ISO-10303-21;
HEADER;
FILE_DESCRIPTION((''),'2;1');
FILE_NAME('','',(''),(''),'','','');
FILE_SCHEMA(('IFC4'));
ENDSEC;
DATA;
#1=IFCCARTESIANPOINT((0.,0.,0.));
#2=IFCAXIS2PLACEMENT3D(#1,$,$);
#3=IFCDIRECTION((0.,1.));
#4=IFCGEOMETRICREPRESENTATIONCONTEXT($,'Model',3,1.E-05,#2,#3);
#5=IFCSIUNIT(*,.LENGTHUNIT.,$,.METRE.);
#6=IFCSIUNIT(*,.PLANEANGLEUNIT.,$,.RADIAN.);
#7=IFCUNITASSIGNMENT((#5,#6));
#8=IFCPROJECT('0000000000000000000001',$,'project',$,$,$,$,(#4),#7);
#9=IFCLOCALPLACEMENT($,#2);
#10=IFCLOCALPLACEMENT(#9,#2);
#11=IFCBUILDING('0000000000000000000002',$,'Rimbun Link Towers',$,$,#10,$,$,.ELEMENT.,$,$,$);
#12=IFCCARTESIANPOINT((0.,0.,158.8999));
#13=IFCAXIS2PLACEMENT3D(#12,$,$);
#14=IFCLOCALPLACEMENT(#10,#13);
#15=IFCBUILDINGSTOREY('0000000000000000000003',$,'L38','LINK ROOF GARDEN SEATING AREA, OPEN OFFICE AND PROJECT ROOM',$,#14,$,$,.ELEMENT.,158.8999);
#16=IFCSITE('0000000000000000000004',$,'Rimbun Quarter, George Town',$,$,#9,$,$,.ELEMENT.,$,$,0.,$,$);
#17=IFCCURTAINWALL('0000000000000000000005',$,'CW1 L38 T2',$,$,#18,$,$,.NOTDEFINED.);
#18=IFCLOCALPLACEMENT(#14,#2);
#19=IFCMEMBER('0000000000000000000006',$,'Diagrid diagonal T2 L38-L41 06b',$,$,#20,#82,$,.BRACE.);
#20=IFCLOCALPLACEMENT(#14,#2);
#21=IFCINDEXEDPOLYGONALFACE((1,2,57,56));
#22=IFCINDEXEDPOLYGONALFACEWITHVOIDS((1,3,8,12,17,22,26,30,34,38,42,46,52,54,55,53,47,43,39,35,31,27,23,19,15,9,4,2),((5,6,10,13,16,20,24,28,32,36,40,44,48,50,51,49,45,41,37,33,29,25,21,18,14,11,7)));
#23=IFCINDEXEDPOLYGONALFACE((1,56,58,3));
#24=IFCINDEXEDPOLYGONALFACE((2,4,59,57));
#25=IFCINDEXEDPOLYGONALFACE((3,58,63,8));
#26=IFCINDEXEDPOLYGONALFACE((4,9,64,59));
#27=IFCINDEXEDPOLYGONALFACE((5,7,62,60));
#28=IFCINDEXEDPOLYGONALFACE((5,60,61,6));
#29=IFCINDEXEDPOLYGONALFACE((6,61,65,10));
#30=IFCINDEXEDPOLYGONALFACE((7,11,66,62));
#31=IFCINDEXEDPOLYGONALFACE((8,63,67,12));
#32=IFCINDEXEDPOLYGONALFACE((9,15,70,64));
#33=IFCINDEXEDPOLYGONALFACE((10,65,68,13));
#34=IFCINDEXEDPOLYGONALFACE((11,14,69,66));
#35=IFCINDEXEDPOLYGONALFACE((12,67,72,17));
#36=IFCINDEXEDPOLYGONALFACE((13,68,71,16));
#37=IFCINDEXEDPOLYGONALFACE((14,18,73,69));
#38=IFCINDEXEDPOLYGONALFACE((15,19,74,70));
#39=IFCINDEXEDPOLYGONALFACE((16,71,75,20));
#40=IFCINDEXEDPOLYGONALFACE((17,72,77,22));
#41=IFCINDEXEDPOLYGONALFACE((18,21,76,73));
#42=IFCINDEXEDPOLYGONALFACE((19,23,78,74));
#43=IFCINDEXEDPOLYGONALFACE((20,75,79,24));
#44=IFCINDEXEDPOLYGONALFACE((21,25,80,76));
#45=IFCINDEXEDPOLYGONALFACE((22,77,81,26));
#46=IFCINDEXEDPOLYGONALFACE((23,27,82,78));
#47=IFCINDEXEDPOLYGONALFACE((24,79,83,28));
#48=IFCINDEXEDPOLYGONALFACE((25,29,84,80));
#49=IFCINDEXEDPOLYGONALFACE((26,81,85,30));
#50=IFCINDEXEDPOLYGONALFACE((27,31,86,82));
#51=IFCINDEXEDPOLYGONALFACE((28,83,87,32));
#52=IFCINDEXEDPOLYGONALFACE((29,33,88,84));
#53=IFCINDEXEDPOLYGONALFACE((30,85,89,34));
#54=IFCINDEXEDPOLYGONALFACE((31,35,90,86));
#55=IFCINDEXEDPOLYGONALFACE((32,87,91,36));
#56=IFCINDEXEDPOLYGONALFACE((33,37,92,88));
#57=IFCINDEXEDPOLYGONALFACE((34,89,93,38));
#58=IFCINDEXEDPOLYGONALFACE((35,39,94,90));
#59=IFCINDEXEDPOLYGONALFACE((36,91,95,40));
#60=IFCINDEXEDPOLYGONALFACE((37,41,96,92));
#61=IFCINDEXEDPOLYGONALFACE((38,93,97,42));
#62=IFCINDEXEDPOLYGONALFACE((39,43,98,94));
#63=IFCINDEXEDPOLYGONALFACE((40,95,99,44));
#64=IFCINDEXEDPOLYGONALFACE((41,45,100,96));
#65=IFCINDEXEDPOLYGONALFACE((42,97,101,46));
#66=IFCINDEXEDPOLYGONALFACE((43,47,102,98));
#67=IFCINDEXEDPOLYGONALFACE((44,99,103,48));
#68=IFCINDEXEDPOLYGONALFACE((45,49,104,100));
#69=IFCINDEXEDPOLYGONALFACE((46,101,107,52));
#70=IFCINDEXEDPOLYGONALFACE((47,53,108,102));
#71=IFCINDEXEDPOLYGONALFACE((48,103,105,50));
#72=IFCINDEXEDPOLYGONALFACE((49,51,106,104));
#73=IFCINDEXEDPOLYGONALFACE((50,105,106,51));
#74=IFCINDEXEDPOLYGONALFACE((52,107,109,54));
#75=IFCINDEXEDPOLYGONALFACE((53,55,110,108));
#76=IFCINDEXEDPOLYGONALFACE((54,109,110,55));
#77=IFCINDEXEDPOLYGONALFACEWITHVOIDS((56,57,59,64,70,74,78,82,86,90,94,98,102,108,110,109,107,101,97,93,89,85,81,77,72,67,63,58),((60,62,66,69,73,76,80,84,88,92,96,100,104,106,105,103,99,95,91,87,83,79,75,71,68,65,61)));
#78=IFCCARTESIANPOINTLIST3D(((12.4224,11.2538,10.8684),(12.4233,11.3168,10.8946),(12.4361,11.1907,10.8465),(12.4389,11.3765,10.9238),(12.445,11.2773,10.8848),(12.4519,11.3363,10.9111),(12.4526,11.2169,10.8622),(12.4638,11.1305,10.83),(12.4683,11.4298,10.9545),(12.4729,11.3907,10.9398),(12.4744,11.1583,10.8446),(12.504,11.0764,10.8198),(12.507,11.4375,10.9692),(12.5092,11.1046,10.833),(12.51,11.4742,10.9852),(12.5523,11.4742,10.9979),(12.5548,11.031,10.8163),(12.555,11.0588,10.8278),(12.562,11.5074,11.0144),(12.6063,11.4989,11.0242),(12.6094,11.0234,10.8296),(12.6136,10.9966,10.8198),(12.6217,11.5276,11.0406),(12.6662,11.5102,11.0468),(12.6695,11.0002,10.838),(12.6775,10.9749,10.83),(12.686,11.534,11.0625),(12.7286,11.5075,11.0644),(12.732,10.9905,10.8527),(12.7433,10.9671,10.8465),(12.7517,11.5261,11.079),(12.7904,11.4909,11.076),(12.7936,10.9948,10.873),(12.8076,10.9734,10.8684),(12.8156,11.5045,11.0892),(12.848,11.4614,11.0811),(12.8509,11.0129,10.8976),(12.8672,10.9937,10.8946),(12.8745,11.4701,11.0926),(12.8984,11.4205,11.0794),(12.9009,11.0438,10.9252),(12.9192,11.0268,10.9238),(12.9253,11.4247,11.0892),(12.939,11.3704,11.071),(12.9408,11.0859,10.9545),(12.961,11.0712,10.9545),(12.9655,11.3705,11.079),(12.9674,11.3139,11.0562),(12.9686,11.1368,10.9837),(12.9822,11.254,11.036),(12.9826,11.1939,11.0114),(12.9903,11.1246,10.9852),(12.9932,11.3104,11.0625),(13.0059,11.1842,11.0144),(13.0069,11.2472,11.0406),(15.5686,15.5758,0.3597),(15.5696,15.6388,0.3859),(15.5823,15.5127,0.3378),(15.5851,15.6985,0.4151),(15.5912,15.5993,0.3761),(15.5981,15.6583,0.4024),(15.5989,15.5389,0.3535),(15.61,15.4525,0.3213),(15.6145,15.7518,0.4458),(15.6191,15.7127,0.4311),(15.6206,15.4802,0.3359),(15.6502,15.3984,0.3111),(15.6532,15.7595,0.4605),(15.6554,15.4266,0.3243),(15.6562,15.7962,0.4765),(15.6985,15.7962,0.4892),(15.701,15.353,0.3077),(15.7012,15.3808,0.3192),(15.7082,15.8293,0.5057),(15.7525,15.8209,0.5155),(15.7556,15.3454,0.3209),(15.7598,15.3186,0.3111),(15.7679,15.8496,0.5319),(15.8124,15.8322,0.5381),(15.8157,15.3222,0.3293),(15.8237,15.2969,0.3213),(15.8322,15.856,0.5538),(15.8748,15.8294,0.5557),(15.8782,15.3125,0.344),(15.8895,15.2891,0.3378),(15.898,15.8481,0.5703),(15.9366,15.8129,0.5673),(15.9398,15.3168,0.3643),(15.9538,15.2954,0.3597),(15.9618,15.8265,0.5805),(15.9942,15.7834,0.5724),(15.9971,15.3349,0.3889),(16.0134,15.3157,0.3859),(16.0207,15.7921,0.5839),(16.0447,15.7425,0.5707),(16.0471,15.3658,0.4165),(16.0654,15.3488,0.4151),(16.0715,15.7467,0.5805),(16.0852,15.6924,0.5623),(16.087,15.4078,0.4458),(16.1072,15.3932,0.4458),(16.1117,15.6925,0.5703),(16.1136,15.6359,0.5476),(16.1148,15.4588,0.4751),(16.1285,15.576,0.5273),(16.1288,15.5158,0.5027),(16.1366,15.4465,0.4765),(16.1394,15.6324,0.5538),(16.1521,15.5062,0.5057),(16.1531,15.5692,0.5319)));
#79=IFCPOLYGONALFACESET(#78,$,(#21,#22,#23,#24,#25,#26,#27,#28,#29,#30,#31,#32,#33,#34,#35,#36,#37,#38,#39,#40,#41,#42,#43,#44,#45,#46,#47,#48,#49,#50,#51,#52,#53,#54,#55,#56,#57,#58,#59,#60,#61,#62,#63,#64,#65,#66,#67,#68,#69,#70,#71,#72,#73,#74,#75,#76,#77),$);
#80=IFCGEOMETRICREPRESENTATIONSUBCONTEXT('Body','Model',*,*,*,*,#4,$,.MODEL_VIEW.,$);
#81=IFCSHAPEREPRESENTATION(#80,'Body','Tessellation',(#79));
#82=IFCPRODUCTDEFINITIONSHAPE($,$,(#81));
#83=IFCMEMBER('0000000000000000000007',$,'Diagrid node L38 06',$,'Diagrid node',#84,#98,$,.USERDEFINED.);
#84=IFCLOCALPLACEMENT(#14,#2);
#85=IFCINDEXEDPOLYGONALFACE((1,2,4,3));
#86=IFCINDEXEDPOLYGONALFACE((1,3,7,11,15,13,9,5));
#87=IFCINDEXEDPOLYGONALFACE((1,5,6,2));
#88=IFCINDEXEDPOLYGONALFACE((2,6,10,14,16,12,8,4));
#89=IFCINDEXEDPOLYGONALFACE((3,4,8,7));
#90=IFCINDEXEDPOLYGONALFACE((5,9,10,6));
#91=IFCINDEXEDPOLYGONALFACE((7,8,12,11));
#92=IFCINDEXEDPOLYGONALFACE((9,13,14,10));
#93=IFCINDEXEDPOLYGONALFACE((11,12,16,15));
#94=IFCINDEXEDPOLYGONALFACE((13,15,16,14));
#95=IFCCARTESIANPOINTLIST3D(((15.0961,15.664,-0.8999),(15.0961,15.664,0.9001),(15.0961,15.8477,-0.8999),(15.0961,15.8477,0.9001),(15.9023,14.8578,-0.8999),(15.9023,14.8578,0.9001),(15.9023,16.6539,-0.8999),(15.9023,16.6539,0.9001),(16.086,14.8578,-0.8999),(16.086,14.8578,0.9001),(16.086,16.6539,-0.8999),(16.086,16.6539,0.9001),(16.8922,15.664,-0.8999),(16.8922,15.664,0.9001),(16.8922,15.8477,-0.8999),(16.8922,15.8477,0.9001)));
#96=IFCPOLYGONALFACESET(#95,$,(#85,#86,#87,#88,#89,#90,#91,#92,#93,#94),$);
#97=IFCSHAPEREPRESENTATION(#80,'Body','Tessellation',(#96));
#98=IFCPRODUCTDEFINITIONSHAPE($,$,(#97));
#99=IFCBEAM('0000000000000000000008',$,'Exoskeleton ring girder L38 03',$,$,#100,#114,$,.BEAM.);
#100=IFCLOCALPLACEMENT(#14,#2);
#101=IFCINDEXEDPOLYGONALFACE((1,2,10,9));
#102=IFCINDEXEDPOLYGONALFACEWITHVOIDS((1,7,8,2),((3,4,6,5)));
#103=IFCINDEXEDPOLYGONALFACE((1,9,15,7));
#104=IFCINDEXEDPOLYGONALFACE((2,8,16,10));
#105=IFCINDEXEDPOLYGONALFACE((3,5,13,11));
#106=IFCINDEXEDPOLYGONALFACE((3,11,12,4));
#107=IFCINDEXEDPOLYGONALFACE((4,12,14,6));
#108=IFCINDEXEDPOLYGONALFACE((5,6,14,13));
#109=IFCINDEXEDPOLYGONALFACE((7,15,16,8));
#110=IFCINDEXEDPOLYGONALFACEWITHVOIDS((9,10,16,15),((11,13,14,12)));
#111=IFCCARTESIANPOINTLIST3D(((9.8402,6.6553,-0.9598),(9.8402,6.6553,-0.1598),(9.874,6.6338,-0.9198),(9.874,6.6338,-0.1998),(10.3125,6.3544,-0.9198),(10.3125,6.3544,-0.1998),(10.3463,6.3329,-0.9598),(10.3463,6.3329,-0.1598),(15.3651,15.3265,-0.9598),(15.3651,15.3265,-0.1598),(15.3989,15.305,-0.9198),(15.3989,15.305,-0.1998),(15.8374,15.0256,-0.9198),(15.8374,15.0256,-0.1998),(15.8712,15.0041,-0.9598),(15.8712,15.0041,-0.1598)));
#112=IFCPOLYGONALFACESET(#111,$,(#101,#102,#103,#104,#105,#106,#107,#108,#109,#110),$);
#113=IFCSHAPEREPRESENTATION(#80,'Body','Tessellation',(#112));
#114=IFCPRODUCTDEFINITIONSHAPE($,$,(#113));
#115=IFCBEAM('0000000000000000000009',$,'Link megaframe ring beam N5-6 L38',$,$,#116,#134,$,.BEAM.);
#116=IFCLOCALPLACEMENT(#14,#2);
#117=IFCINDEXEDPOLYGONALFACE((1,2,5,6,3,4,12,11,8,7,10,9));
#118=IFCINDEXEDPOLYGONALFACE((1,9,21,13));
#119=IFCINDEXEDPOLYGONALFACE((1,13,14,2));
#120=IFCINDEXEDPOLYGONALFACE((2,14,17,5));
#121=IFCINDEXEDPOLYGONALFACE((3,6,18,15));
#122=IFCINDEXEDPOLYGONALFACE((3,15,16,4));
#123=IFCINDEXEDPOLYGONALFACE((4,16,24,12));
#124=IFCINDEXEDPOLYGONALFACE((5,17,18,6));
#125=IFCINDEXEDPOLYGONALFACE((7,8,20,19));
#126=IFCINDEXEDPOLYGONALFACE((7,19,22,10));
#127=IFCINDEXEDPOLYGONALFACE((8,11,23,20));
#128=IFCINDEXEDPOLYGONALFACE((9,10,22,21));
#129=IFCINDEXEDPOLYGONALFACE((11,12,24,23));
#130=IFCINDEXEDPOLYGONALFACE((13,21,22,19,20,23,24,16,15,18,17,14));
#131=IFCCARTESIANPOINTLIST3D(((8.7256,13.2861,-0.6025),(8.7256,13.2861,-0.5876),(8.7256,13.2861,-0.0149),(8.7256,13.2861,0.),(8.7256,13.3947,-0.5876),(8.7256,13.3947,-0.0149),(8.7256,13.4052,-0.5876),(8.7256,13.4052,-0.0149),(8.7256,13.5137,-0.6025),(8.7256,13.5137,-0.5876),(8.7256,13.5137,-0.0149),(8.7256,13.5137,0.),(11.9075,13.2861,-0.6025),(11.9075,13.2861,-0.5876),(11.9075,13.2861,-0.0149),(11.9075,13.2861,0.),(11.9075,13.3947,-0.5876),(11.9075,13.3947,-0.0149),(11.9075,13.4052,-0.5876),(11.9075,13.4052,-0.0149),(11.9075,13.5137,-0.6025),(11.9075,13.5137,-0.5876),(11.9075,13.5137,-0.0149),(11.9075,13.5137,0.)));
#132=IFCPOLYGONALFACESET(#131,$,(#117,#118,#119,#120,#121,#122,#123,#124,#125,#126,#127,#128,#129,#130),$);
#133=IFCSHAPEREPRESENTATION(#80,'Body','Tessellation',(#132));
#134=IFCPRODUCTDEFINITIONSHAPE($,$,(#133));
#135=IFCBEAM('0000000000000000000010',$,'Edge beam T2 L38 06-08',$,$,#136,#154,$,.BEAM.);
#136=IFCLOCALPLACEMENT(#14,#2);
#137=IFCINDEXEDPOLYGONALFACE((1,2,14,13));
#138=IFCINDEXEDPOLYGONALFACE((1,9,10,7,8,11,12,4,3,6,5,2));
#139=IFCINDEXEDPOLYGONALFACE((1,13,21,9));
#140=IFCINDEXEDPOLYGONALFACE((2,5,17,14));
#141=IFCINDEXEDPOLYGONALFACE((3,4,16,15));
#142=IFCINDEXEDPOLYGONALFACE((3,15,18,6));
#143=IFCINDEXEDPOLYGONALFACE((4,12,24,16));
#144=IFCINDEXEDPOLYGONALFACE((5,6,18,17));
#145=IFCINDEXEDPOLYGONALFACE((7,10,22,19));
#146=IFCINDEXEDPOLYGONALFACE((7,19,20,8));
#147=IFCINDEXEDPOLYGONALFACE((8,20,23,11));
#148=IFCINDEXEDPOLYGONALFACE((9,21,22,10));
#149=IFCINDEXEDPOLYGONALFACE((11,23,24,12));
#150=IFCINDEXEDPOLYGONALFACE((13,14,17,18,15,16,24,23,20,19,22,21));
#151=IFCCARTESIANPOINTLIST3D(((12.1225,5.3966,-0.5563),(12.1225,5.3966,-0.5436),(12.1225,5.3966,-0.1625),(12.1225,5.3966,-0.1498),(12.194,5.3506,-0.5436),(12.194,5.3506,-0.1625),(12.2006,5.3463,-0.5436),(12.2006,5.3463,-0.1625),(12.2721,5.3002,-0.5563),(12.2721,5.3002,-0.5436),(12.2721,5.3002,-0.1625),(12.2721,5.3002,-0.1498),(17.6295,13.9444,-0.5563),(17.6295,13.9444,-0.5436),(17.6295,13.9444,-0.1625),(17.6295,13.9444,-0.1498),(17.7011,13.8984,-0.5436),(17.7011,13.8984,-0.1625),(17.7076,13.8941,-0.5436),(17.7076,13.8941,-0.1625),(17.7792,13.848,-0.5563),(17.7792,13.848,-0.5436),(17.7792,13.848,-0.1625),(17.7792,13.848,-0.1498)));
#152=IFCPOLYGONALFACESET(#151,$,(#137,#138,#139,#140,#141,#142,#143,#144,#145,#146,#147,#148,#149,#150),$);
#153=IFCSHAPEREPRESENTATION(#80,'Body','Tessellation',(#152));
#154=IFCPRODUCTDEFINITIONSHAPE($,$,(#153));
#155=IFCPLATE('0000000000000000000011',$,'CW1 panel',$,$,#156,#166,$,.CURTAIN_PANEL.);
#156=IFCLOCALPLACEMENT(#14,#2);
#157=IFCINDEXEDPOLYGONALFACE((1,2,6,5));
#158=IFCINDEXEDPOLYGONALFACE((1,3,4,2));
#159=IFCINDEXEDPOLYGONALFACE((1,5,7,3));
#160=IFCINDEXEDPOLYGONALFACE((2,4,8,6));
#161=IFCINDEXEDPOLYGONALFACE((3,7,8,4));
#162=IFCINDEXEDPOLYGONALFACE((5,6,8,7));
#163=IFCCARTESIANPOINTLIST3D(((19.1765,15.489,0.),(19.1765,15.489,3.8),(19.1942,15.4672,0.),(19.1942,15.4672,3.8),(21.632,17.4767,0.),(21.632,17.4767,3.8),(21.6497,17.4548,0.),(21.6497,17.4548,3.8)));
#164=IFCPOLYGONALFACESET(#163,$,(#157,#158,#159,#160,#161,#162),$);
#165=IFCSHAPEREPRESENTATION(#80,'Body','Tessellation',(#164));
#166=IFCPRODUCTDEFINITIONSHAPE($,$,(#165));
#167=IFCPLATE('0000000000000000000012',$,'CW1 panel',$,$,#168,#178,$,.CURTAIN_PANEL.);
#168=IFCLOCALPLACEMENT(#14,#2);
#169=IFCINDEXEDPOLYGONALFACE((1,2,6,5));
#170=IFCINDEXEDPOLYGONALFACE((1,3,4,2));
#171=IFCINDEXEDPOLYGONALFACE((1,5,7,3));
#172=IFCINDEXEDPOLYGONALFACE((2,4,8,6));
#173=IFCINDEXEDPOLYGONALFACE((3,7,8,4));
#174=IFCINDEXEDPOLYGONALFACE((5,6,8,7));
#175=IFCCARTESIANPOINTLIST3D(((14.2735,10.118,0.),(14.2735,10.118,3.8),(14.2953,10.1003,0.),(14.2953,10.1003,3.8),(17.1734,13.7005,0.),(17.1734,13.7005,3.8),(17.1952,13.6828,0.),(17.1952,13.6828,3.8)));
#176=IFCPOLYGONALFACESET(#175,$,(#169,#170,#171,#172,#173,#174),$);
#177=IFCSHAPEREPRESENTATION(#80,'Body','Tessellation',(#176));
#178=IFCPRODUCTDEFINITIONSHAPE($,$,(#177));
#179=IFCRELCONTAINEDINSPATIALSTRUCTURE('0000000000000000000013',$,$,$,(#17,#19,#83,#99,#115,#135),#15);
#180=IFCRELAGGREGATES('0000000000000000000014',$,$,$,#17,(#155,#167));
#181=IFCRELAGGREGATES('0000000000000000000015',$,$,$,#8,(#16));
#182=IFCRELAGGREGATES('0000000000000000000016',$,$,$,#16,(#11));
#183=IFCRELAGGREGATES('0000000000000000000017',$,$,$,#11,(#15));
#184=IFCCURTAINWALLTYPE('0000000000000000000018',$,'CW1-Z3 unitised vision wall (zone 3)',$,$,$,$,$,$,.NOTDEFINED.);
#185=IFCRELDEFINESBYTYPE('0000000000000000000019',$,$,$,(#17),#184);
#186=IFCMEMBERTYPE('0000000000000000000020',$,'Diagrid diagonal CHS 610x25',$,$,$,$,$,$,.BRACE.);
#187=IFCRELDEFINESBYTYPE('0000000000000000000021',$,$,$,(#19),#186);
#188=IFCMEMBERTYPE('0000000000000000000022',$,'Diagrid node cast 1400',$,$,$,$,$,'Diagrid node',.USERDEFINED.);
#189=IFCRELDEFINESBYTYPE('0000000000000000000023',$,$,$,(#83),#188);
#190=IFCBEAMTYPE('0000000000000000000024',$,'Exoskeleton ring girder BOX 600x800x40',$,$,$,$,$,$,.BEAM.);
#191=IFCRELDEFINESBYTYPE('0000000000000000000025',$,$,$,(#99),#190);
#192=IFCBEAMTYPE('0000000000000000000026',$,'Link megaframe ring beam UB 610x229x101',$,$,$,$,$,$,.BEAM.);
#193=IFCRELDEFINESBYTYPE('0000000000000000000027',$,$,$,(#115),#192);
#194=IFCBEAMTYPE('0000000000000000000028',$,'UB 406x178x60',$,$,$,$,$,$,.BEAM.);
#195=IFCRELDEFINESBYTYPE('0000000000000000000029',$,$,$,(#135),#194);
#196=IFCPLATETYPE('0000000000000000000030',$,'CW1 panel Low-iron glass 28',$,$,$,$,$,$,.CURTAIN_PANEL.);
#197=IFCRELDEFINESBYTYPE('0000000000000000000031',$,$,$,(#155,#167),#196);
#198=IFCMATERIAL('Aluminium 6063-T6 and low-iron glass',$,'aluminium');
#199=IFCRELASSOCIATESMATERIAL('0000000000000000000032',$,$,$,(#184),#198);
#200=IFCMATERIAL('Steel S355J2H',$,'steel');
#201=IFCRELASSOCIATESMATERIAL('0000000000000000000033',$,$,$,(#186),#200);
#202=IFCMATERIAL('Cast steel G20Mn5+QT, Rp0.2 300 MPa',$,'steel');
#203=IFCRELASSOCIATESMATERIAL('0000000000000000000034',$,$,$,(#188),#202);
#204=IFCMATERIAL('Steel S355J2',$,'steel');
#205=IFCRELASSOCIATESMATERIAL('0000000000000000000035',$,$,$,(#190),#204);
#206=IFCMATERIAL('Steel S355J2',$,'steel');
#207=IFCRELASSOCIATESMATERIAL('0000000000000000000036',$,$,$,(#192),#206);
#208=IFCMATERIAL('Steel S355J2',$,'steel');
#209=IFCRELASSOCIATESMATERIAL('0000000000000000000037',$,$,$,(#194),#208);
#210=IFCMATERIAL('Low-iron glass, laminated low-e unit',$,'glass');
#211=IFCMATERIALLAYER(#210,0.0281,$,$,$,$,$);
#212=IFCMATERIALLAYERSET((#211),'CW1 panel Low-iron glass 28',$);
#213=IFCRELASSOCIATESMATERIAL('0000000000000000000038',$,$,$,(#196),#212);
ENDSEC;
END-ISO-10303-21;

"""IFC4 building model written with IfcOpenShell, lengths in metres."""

from ifc_helpers import new_model, si_unit, direction, frame, origin, origin_2d, place, context, subcontext, project, spatial, polyline, rectangle, hollow_rectangle, hollow_circle, i_section, outline, extrude, material, layer, layer_set, material_profile, profile_set, type_object, element, aggregate, save


model = new_model("IFC4")

# Units and contexts
model_context = context("Model", 3, precision=1e-05, world=origin(), true_north=direction((0.0, 1.0)))
body_context = subcontext(model_context, "Body", "Model", "MODEL_VIEW")
ifc_project = project(units=[si_unit("LENGTHUNIT", "METRE"), si_unit("PLANEANGLEUNIT", "RADIAN")], contexts=[model_context])

# Site, building, storey
site_placement = place(None, origin())
site = spatial("IfcSite", under=ifc_project, at=site_placement, Name="Rimbun Quarter, George Town", CompositionType="ELEMENT", RefElevation=0.0)
building_placement = place(site_placement, origin())
building = spatial("IfcBuilding", under=site, at=building_placement, Name="Rimbun Link Towers", CompositionType="ELEMENT")
storey_placement = place(building_placement, frame((0.0, 0.0, 158.8999)))
storey = spatial("IfcBuildingStorey", under=building, at=storey_placement, Name="L38", Description="LINK ROOF GARDEN SEATING AREA, OPEN OFFICE AND PROJECT ROOM", CompositionType="ELEMENT", Elevation=158.8999)

# Curtain wall
ifc_material_1 = material(Name="Aluminium 6063-T6 and low-iron glass", Category="aluminium")
curtain_wall_type = type_object("IfcCurtainWallType", Name="CW1-Z3 unitised vision wall (zone 3)", PredefinedType="NOTDEFINED", material=ifc_material_1)
curtain_wall_placement = place(storey_placement, origin())
curtain_wall = element("IfcCurtainWall", 1, at=curtain_wall_placement, inside=storey, type_object=curtain_wall_type, Name="CW1 L38 T2", PredefinedType="NOTDEFINED")

# Members
ifc_material_2 = material(Name="Steel S355J2H", Category="steel")
ifc_material_profile_1 = material_profile(ifc_material_2, hollow_circle(Radius=0.3047, WallThickness=0.0249, at=origin_2d()), Name="Diagrid diagonal CHS 610x25")
ifc_profile_set_1 = profile_set([ifc_material_profile_1], Name="Steel S355J2H")
member_type_1 = type_object("IfcMemberType", Name="Diagrid diagonal CHS 610x25", PredefinedType="BRACE", material=ifc_profile_set_1)
for number, where, z_axis, x_axis, name in (
    (2, (15.8608, 15.5725, 0.4458), (-0.266848, -0.366571, 0.891301), (0.808473, -0.588533, 0.0), "Diagrid diagonal T2 L38-L41 06b"),
):
    element("IfcMember", number, at=place(storey_placement, frame(where, z_axis=z_axis, x_axis=x_axis)), inside=storey, type_object=member_type_1, Name=name, PredefinedType="BRACE", context=body_context, shape_type="SweptSolid", body=[
        extrude(hollow_circle(Radius=0.3047, WallThickness=0.0249, at=origin_2d()), origin(), (0.0, 0.0, 1.0), 11.7903),
    ])
ifc_material_3 = material(Name="Cast steel G20Mn5+QT, Rp0.2 300 MPa", Category="steel")
ifc_material_profile_2 = material_profile(ifc_material_3, outline(polyline([(0.7, -0.5701), (0.7, 0.5701), (0.5701, 0.7), (-0.5701, 0.7), (-0.7, 0.5701), (-0.7, -0.5701), (-0.5701, -0.7), (0.5701, -0.7), (0.7, -0.5701)])), Name="NODE 1400x1400")
ifc_profile_set_2 = profile_set([ifc_material_profile_2], Name="Cast steel G20Mn5+QT, Rp0.2 300 MPa")
member_type_2 = type_object("IfcMemberType", Name="Diagrid node cast 1400", ElementType="Diagrid node", PredefinedType="USERDEFINED", material=ifc_profile_set_2)
member_1_placement = place(storey_placement, frame((15.9941, 15.7559, -0.8999), z_axis=(0.0, 0.0, 1.0), x_axis=(-0.707107, 0.707107, 0.0)))
element("IfcMember", 3, at=member_1_placement, inside=storey, type_object=member_type_2, Name="Diagrid node L38 06", ObjectType="Diagrid node", PredefinedType="USERDEFINED", context=body_context, shape_type="SweptSolid", body=[
    extrude(outline(polyline([(0.7, -0.5701), (0.7, 0.5701), (0.5701, 0.7), (-0.5701, 0.7), (-0.7, 0.5701), (-0.7, -0.5701), (-0.5701, -0.7), (0.5701, -0.7), (0.7, -0.5701)])), origin(), (0.0, 0.0, 1.0), 1.8),
])

# Beams
ifc_material_4 = material(Name="Steel S355J2", Category="steel")
ifc_material_profile_3 = material_profile(ifc_material_4, hollow_rectangle(XDim=0.6001, YDim=0.8, WallThickness=0.04, at=origin_2d()), Name="Exoskeleton ring girder BOX 600x800x40")
ifc_profile_set_3 = profile_set([ifc_material_profile_3], Name="Steel S355J2")
beam_type_1 = type_object("IfcBeamType", Name="Exoskeleton ring girder BOX 600x800x40", PredefinedType="BEAM", material=ifc_profile_set_3)
beam_1_placement = place(storey_placement, frame((15.6182, 15.1653, -0.5598), z_axis=(-0.537353, -0.843357, 0.0), x_axis=(0.843357, -0.537353, 0.0)))
element("IfcBeam", 4, at=beam_1_placement, inside=storey, type_object=beam_type_1, Name="Exoskeleton ring girder L38 03", PredefinedType="BEAM", context=body_context, shape_type="SweptSolid", body=[
    extrude(hollow_rectangle(XDim=0.6001, YDim=0.8, WallThickness=0.04, at=origin_2d()), origin(), (0.0, 0.0, 1.0), 10.2817),
])
ifc_material_5 = material(Name="Steel S355J2", Category="steel")
ifc_material_profile_4 = material_profile(ifc_material_5, i_section(OverallWidth=0.2275, OverallDepth=0.6025, WebThickness=0.0105, FlangeThickness=0.0149, at=origin_2d()), Name="UB 610x229x101")
ifc_profile_set_4 = profile_set([ifc_material_profile_4], Name="Steel S355J2")
beam_type_2 = type_object("IfcBeamType", Name="Link megaframe ring beam UB 610x229x101", PredefinedType="BEAM", material=ifc_profile_set_4)
beam_2_placement = place(storey_placement, frame((8.7256, 13.3999, -0.3013), z_axis=(1.0, 0.0, 0.0), x_axis=(0.0, 1.0, 0.0)))
element("IfcBeam", 5, at=beam_2_placement, inside=storey, type_object=beam_type_2, Name="Link megaframe ring beam N5-6 L38", PredefinedType="BEAM", context=body_context, shape_type="SweptSolid", body=[
    extrude(i_section(OverallWidth=0.2275, OverallDepth=0.6025, WebThickness=0.0105, FlangeThickness=0.0149, at=origin_2d()), origin(), (0.0, 0.0, 1.0), 3.1819),
])
ifc_material_6 = material(Name="Steel S355J2", Category="steel")
ifc_material_profile_5 = material_profile(ifc_material_6, i_section(OverallWidth=0.178, OverallDepth=0.4065, WebThickness=0.0078, FlangeThickness=0.0127, at=origin_2d()), Name="UB 406x178x60")
ifc_profile_set_5 = profile_set([ifc_material_profile_5], Name="Steel S355J2")
beam_type_3 = type_object("IfcBeamType", Name="UB 406x178x60", PredefinedType="BEAM", material=ifc_profile_set_5)
beam_3_placement = place(storey_placement, frame((17.7043, 13.8962, -0.353), z_axis=(-0.541595, -0.84064, 0.0), x_axis=(0.84064, -0.541595, 0.0)))
element("IfcBeam", 6, at=beam_3_placement, inside=storey, type_object=beam_type_3, Name="Edge beam T2 L38 06-08", PredefinedType="BEAM", context=body_context, shape_type="SweptSolid", body=[
    extrude(i_section(OverallWidth=0.178, OverallDepth=0.4065, WebThickness=0.0078, FlangeThickness=0.0127, at=origin_2d()), origin(), (0.0, 0.0, 1.0), 10.1682),
])

# Plates
ifc_material_7 = material(Name="Low-iron glass, laminated low-e unit", Category="glass")
ifc_layer_1 = layer(ifc_material_7, 0.0281)
ifc_layer_set_1 = layer_set([ifc_layer_1], Name="CW1 panel Low-iron glass 28")
plate_type = type_object("IfcPlateType", Name="CW1 panel Low-iron glass 28", PredefinedType="CURTAIN_PANEL", material=ifc_layer_set_1)
plate_1_placement = place(storey_placement, frame((20.4131, 16.4719, 0.0), z_axis=(0.0, 0.0, 1.0), x_axis=(0.777269, 0.629169, 0.0)))
plate_1 = element("IfcPlate", 7, at=plate_1_placement, type_object=plate_type, Name="CW1 panel", PredefinedType="CURTAIN_PANEL", context=body_context, shape_type="SweptSolid", body=[
    extrude(rectangle(XDim=3.1592, YDim=0.0281, at=origin_2d()), origin(), (0.0, 0.0, 1.0), 3.8),
])
plate_2_placement = place(storey_placement, frame((15.7344, 11.9004, 0.0), z_axis=(0.0, 0.0, 1.0), x_axis=(0.629169, 0.777269, 0.0)))
plate_2 = element("IfcPlate", 8, at=plate_2_placement, type_object=plate_type, Name="CW1 panel", PredefinedType="CURTAIN_PANEL", context=body_context, shape_type="SweptSolid", body=[
    extrude(rectangle(XDim=4.6091, YDim=0.0281, at=origin_2d()), origin(), (0.0, 0.0, 1.0), 3.8),
])
aggregate(curtain_wall, [plate_1, plate_2])

save(model, "model.ifc")
